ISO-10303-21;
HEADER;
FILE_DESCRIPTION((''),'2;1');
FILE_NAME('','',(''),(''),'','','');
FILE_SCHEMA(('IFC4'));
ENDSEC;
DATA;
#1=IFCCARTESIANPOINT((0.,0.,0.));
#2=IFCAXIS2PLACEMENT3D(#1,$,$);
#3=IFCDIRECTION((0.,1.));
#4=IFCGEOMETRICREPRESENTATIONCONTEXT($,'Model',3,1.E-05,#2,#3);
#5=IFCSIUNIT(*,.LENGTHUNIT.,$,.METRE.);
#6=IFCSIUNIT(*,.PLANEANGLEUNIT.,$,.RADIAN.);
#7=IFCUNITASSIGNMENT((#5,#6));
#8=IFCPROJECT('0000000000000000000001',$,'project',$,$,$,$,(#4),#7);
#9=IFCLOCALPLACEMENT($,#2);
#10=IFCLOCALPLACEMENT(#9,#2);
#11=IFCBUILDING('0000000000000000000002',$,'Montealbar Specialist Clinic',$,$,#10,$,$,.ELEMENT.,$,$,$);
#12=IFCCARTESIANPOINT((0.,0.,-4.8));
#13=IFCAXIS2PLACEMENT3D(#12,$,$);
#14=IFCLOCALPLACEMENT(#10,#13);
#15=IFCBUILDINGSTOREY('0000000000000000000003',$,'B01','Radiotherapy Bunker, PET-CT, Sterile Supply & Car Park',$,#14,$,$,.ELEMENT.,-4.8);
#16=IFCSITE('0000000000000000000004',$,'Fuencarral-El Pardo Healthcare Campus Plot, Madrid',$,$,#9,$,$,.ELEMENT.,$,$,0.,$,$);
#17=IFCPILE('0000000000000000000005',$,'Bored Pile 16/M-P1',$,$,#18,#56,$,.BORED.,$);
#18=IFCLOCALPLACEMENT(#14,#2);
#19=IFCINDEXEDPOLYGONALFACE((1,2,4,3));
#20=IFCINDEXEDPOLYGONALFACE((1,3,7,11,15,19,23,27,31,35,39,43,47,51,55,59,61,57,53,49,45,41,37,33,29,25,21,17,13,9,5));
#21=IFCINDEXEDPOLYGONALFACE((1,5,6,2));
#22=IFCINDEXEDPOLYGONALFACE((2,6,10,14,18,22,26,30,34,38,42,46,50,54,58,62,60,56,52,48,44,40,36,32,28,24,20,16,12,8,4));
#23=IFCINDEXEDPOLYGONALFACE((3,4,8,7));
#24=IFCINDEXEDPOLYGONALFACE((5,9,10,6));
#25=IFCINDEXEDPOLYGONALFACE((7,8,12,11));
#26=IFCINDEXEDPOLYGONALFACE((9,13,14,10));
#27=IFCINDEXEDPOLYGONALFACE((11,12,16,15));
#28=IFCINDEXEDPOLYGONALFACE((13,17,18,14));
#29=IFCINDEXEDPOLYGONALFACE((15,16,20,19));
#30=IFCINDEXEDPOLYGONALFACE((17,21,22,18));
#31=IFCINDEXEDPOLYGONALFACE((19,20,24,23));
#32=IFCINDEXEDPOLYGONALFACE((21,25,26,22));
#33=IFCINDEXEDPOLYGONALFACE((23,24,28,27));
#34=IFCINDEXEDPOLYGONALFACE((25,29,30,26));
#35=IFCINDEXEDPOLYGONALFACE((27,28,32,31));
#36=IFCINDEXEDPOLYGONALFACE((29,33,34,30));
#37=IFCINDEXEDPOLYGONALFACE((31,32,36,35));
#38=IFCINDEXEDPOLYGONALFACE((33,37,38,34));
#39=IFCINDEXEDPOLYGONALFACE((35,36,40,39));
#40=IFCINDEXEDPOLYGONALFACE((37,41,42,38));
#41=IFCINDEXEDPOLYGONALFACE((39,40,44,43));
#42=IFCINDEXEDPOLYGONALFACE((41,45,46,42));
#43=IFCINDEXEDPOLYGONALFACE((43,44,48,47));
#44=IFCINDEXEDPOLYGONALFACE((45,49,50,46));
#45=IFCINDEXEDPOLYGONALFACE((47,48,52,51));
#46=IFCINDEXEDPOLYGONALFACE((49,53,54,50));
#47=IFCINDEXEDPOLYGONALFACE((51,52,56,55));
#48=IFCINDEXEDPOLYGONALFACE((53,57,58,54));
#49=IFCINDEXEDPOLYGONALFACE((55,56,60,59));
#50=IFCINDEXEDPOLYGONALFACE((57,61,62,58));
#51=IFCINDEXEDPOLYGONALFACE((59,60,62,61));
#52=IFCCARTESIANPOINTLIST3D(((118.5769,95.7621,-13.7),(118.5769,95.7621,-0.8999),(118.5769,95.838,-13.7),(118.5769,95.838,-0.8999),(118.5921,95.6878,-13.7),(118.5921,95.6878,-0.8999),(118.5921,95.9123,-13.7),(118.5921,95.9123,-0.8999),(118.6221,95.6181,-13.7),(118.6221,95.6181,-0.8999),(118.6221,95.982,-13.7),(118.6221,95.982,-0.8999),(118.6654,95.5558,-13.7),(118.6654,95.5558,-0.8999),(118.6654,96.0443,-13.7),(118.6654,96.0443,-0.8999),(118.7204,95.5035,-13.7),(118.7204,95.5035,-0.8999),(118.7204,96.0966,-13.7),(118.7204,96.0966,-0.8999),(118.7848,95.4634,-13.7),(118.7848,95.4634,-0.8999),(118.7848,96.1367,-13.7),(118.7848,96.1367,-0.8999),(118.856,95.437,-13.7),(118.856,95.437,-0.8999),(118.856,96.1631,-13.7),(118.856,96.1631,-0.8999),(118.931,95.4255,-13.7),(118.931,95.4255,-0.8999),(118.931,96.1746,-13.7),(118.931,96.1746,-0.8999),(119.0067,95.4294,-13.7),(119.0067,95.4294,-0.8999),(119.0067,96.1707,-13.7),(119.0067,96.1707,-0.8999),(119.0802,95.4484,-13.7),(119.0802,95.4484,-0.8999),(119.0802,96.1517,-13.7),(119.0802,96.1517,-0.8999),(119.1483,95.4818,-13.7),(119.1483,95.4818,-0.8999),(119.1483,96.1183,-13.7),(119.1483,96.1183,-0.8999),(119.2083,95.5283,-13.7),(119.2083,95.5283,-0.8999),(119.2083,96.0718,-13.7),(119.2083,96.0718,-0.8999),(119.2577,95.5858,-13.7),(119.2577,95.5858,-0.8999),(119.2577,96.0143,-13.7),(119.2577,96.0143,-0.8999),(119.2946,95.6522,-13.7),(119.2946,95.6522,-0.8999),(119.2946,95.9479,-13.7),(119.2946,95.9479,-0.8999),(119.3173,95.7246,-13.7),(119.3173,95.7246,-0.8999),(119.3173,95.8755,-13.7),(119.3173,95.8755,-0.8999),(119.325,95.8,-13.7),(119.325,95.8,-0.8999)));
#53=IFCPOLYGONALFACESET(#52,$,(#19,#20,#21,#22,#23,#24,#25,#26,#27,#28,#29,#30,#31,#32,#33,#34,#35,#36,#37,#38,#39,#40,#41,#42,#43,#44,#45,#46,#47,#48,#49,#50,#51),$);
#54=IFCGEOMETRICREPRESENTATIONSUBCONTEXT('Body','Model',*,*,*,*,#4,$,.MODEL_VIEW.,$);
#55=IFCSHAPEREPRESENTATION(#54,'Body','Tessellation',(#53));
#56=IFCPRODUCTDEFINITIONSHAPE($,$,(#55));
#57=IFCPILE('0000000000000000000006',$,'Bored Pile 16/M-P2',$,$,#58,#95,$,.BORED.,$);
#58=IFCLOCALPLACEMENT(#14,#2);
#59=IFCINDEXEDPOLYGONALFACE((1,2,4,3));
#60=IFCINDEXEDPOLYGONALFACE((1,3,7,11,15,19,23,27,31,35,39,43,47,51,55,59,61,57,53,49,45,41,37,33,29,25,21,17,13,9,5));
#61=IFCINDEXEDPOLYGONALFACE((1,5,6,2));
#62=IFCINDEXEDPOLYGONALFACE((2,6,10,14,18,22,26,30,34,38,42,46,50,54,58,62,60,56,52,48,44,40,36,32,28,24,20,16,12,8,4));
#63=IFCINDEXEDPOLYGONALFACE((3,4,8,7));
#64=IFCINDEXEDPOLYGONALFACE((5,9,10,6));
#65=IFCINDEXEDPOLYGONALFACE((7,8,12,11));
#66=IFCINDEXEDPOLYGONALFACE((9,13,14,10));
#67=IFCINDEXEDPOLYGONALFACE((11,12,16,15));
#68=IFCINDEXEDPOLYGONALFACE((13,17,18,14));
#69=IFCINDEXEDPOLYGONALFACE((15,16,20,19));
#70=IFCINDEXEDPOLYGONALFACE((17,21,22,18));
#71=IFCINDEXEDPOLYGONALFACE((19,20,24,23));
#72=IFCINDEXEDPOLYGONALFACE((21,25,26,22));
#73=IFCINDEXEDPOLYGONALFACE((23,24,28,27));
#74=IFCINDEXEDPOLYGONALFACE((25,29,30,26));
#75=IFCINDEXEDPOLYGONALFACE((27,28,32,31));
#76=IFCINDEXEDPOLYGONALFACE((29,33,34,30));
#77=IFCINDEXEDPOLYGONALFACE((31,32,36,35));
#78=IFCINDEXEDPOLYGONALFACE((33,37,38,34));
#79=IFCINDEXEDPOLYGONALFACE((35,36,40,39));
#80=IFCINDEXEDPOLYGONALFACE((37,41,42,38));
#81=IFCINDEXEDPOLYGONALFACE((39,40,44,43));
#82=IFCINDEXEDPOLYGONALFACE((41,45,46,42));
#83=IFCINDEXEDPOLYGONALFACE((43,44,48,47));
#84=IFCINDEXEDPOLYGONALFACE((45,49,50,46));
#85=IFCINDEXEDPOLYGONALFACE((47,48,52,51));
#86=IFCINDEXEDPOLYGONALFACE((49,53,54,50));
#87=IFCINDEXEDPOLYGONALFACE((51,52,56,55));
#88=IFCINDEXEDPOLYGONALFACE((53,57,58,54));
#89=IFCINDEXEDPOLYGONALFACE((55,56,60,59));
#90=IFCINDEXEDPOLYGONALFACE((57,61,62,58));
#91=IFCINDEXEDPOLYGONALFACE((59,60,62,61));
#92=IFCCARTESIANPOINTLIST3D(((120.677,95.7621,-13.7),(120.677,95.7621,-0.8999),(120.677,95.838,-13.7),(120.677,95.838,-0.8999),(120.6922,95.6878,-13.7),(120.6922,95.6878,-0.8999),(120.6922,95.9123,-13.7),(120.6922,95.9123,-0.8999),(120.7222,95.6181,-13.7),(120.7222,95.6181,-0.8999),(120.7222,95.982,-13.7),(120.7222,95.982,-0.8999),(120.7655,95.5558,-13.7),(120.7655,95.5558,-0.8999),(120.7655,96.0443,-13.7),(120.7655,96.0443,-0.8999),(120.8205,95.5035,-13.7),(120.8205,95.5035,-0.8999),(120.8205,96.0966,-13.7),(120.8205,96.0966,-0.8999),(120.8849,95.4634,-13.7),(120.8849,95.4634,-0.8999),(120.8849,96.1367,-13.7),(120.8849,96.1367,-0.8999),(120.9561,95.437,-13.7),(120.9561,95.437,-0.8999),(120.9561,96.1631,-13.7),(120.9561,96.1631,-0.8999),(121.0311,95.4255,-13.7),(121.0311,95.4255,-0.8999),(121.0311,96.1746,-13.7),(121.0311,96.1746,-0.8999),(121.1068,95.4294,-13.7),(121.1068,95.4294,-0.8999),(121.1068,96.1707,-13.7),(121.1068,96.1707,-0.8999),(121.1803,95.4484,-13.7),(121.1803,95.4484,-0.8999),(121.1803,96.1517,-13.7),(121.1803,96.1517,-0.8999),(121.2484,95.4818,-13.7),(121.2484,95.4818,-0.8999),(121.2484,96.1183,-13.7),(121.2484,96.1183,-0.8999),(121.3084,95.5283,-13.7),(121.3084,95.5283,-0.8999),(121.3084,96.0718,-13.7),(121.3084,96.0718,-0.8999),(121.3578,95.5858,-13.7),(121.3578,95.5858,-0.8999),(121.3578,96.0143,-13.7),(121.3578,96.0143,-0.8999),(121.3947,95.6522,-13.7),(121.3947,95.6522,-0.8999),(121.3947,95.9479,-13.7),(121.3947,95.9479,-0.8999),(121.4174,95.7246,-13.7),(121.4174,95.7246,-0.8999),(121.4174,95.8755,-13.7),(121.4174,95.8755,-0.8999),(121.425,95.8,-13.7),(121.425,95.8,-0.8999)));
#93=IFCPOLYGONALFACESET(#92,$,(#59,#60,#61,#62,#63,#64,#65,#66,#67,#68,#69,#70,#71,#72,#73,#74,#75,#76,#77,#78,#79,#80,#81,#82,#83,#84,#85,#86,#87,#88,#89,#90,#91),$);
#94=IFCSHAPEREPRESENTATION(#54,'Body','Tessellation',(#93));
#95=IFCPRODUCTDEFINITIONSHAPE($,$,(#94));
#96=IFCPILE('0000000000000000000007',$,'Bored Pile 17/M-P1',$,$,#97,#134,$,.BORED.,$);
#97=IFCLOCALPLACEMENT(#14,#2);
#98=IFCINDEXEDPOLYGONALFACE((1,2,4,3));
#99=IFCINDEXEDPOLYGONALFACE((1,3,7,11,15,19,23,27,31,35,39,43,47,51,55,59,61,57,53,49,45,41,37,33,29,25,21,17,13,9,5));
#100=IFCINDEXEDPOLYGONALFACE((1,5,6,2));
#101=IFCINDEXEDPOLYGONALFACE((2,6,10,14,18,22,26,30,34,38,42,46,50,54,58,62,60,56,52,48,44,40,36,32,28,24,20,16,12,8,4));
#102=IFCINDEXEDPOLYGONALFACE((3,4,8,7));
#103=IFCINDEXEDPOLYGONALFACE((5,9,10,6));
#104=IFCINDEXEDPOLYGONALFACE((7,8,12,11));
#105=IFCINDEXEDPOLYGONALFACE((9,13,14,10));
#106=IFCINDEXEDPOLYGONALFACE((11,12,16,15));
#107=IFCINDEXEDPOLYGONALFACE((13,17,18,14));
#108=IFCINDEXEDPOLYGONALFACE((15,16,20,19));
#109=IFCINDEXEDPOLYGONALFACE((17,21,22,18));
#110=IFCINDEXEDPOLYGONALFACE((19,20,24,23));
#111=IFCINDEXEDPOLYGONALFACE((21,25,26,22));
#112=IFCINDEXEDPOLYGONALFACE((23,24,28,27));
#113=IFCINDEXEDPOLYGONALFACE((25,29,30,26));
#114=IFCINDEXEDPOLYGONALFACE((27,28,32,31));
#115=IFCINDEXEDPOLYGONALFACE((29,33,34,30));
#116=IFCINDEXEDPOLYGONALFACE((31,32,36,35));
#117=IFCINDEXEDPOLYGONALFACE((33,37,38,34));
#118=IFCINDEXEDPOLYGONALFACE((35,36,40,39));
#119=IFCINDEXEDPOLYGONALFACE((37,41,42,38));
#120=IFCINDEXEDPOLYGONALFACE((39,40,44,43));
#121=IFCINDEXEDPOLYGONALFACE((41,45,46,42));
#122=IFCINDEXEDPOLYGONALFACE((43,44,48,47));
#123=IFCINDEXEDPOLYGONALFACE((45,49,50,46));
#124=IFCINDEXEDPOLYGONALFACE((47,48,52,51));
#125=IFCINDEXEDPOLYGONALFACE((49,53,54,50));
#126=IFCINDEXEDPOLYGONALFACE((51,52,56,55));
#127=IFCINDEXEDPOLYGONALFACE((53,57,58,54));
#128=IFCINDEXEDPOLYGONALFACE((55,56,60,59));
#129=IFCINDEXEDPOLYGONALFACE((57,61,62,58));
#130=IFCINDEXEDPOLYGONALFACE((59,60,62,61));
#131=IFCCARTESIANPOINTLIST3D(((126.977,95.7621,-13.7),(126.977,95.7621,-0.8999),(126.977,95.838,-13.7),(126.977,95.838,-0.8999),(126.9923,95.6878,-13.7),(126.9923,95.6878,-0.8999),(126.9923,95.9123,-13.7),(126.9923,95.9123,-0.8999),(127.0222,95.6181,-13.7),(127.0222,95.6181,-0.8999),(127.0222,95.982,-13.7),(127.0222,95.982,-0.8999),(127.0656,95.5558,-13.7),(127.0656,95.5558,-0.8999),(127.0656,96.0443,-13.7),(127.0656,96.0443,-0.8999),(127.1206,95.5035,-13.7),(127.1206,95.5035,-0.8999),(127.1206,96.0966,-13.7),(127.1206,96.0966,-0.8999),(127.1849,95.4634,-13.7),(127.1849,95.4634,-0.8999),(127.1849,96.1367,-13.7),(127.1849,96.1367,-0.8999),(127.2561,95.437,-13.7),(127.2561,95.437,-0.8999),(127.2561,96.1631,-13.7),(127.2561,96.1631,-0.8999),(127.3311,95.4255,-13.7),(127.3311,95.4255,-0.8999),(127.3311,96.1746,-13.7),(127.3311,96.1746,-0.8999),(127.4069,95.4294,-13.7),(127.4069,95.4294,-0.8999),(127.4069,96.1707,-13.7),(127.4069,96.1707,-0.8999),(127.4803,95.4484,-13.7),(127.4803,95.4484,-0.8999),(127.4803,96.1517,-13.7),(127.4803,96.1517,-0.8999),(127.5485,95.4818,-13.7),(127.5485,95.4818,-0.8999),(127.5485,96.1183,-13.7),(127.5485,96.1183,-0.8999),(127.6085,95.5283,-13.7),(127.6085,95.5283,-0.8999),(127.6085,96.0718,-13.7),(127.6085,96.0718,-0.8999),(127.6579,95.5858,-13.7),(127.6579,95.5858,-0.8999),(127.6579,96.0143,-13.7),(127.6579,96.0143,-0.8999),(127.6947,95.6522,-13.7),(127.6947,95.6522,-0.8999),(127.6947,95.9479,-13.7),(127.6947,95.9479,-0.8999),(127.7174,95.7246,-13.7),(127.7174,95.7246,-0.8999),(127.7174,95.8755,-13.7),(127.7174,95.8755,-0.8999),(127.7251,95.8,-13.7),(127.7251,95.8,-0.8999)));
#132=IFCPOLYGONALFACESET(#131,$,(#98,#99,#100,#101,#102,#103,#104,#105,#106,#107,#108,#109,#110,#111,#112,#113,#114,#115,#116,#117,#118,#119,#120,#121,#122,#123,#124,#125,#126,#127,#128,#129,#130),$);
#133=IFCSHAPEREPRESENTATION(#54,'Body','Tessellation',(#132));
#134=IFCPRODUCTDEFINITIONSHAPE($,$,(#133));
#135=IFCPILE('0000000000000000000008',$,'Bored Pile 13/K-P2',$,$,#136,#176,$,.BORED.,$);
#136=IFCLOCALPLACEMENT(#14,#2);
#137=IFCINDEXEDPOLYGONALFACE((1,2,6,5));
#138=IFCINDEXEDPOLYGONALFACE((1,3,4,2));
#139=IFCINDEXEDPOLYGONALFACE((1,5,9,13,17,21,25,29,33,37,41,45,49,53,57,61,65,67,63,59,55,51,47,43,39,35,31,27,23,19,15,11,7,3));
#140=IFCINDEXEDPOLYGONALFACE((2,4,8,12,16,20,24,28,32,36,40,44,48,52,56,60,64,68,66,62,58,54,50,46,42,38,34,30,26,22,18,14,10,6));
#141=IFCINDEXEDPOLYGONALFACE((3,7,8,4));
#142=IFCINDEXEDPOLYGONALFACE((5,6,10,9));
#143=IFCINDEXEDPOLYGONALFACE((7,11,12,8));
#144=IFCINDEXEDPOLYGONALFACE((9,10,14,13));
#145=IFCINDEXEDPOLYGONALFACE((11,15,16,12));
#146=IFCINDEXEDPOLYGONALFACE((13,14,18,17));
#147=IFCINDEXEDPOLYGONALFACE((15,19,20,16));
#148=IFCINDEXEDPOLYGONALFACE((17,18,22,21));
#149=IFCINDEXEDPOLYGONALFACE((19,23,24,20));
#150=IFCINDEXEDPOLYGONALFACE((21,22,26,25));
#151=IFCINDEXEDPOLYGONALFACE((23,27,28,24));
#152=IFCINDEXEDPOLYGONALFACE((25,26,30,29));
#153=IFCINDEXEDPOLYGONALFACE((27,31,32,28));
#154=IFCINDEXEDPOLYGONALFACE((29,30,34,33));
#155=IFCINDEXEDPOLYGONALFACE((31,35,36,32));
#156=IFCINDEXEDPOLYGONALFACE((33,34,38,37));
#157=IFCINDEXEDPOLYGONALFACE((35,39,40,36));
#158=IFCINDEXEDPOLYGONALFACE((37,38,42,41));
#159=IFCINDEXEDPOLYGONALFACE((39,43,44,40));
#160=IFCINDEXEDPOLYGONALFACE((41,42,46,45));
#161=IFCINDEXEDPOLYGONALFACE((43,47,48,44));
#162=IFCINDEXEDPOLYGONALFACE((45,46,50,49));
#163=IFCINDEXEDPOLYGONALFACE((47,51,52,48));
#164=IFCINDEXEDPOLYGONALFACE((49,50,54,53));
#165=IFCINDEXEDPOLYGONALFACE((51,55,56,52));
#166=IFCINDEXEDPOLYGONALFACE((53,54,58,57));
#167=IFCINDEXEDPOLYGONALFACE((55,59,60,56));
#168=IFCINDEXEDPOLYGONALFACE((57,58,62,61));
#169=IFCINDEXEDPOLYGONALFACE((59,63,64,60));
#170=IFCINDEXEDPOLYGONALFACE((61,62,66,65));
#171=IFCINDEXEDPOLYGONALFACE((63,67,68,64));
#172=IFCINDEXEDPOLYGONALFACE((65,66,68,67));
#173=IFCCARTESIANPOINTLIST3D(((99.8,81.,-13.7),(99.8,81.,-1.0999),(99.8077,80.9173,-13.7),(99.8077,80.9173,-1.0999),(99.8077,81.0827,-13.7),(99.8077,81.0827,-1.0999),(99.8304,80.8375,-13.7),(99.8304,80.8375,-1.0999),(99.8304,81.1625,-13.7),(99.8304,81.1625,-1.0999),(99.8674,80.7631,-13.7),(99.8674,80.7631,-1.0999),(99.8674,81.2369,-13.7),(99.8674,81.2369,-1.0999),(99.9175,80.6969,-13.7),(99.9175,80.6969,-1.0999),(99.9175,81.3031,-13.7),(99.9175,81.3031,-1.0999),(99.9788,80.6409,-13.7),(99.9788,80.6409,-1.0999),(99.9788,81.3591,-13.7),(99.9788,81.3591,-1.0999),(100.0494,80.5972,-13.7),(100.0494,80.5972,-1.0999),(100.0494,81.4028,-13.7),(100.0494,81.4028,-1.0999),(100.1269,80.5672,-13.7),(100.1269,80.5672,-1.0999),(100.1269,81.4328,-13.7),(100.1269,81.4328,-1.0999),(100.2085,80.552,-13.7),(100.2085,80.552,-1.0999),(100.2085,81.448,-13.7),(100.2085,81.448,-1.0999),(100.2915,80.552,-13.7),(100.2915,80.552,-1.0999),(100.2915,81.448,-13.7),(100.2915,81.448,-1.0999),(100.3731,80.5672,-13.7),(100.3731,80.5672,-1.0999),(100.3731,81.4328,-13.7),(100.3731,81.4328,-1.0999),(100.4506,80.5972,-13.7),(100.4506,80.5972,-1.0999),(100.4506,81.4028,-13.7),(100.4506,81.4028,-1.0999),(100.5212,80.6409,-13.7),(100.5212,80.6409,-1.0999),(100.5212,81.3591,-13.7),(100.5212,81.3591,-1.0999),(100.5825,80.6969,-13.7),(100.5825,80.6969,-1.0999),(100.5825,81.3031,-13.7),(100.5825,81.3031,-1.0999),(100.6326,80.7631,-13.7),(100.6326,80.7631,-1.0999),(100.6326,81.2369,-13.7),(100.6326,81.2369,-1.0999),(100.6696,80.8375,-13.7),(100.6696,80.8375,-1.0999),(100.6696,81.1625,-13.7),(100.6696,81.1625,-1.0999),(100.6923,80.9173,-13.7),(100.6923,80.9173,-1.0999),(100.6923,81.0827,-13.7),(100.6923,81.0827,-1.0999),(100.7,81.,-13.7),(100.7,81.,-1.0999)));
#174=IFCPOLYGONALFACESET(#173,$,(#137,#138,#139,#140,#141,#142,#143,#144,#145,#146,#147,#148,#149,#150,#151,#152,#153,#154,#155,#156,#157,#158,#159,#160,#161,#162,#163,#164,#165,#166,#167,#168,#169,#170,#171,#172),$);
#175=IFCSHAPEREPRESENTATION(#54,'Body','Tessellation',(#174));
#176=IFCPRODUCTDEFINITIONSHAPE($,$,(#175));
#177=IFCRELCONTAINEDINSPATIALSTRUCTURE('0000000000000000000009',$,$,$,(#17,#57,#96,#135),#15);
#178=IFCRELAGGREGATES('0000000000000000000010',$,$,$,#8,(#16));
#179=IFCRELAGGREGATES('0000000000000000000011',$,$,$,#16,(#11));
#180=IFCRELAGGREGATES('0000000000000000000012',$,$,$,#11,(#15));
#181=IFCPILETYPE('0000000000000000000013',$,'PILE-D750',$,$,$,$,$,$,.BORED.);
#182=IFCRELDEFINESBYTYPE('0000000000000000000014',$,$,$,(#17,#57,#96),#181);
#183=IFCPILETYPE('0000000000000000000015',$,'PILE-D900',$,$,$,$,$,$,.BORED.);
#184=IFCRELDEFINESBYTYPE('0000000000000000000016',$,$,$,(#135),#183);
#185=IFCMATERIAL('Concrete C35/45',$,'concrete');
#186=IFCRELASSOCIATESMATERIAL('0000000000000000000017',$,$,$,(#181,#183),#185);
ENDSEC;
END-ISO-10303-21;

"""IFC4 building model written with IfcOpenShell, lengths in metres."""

from ifc_helpers import new_model, si_unit, direction, frame, origin, origin_2d, place, context, subcontext, project, spatial, circle, extrude, material, material_profile, profile_set, type_object, element, save


model = new_model("IFC4")

# Units and contexts
model_context = context("Model", 3, precision=1e-05, world=origin(), true_north=direction((0.0, 1.0)))
body_context = subcontext(model_context, "Body", "Model", "MODEL_VIEW")
ifc_project = project(units=[si_unit("LENGTHUNIT", "METRE"), si_unit("PLANEANGLEUNIT", "RADIAN")], contexts=[model_context])

# Site, building, storey
site_placement = place(None, origin())
site = spatial("IfcSite", under=ifc_project, at=site_placement, Name="Fuencarral-El Pardo Healthcare Campus Plot, Madrid", CompositionType="ELEMENT", RefElevation=0.0)
building_placement = place(site_placement, origin())
building = spatial("IfcBuilding", under=site, at=building_placement, Name="Montealbar Specialist Clinic", CompositionType="ELEMENT")
storey_placement = place(building_placement, frame((0.0, 0.0, -4.8)))
storey = spatial("IfcBuildingStorey", under=building, at=storey_placement, Name="B01", Description="Radiotherapy Bunker, PET-CT, Sterile Supply & Car Park", CompositionType="ELEMENT", Elevation=-4.8)

# Shared definitions
ifc_material_1 = material(Name="Concrete C35/45", Category="concrete")

# Piles
ifc_material_profile_1 = material_profile(ifc_material_1, circle(Radius=0.375, at=origin_2d()), Name="PILE D750", Category="concrete")
ifc_profile_set_1 = profile_set([ifc_material_profile_1], Name="Concrete C35/45")
pile_type_1 = type_object("IfcPileType", Name="PILE-D750", PredefinedType="BORED", material=ifc_profile_set_1)
for number, where, z_axis, x_axis, name in (
    (1, (118.95, 95.8, -0.8999), (0.0, 0.0, -1.0), (1.0, 0.0, 0.0), "Bored Pile 16/M-P1"),
    (2, (121.05, 95.8, -0.8999), (0.0, 0.0, -1.0), (1.0, 0.0, 0.0), "Bored Pile 16/M-P2"),
    (3, (127.3501, 95.8, -0.8999), (0.0, 0.0, -1.0), (1.0, 0.0, 0.0), "Bored Pile 17/M-P1"),
):
    element("IfcPile", number, at=place(storey_placement, frame(where, z_axis=z_axis, x_axis=x_axis)), inside=storey, type_object=pile_type_1, Name=name, PredefinedType="BORED", context=body_context, shape_type="SweptSolid", body=[
        extrude(circle(Radius=0.375, at=origin_2d()), origin(), (0.0, 0.0, 1.0), 12.8),
    ])
ifc_material_profile_2 = material_profile(ifc_material_1, circle(Radius=0.45, at=origin_2d()), Name="PILE D900", Category="concrete")
ifc_profile_set_2 = profile_set([ifc_material_profile_2], Name="Concrete C35/45")
pile_type_2 = type_object("IfcPileType", Name="PILE-D900", PredefinedType="BORED", material=ifc_profile_set_2)
for number, where, z_axis, x_axis, name in (
    (4, (100.25, 81.0, -1.0999), (0.0, 0.0, -1.0), (1.0, 0.0, 0.0), "Bored Pile 13/K-P2"),
):
    element("IfcPile", number, at=place(storey_placement, frame(where, z_axis=z_axis, x_axis=x_axis)), inside=storey, type_object=pile_type_2, Name=name, PredefinedType="BORED", context=body_context, shape_type="SweptSolid", body=[
        extrude(circle(Radius=0.45, at=origin_2d()), origin(), (0.0, 0.0, 1.0), 12.6001),
    ])

save(model, "model.ifc")
